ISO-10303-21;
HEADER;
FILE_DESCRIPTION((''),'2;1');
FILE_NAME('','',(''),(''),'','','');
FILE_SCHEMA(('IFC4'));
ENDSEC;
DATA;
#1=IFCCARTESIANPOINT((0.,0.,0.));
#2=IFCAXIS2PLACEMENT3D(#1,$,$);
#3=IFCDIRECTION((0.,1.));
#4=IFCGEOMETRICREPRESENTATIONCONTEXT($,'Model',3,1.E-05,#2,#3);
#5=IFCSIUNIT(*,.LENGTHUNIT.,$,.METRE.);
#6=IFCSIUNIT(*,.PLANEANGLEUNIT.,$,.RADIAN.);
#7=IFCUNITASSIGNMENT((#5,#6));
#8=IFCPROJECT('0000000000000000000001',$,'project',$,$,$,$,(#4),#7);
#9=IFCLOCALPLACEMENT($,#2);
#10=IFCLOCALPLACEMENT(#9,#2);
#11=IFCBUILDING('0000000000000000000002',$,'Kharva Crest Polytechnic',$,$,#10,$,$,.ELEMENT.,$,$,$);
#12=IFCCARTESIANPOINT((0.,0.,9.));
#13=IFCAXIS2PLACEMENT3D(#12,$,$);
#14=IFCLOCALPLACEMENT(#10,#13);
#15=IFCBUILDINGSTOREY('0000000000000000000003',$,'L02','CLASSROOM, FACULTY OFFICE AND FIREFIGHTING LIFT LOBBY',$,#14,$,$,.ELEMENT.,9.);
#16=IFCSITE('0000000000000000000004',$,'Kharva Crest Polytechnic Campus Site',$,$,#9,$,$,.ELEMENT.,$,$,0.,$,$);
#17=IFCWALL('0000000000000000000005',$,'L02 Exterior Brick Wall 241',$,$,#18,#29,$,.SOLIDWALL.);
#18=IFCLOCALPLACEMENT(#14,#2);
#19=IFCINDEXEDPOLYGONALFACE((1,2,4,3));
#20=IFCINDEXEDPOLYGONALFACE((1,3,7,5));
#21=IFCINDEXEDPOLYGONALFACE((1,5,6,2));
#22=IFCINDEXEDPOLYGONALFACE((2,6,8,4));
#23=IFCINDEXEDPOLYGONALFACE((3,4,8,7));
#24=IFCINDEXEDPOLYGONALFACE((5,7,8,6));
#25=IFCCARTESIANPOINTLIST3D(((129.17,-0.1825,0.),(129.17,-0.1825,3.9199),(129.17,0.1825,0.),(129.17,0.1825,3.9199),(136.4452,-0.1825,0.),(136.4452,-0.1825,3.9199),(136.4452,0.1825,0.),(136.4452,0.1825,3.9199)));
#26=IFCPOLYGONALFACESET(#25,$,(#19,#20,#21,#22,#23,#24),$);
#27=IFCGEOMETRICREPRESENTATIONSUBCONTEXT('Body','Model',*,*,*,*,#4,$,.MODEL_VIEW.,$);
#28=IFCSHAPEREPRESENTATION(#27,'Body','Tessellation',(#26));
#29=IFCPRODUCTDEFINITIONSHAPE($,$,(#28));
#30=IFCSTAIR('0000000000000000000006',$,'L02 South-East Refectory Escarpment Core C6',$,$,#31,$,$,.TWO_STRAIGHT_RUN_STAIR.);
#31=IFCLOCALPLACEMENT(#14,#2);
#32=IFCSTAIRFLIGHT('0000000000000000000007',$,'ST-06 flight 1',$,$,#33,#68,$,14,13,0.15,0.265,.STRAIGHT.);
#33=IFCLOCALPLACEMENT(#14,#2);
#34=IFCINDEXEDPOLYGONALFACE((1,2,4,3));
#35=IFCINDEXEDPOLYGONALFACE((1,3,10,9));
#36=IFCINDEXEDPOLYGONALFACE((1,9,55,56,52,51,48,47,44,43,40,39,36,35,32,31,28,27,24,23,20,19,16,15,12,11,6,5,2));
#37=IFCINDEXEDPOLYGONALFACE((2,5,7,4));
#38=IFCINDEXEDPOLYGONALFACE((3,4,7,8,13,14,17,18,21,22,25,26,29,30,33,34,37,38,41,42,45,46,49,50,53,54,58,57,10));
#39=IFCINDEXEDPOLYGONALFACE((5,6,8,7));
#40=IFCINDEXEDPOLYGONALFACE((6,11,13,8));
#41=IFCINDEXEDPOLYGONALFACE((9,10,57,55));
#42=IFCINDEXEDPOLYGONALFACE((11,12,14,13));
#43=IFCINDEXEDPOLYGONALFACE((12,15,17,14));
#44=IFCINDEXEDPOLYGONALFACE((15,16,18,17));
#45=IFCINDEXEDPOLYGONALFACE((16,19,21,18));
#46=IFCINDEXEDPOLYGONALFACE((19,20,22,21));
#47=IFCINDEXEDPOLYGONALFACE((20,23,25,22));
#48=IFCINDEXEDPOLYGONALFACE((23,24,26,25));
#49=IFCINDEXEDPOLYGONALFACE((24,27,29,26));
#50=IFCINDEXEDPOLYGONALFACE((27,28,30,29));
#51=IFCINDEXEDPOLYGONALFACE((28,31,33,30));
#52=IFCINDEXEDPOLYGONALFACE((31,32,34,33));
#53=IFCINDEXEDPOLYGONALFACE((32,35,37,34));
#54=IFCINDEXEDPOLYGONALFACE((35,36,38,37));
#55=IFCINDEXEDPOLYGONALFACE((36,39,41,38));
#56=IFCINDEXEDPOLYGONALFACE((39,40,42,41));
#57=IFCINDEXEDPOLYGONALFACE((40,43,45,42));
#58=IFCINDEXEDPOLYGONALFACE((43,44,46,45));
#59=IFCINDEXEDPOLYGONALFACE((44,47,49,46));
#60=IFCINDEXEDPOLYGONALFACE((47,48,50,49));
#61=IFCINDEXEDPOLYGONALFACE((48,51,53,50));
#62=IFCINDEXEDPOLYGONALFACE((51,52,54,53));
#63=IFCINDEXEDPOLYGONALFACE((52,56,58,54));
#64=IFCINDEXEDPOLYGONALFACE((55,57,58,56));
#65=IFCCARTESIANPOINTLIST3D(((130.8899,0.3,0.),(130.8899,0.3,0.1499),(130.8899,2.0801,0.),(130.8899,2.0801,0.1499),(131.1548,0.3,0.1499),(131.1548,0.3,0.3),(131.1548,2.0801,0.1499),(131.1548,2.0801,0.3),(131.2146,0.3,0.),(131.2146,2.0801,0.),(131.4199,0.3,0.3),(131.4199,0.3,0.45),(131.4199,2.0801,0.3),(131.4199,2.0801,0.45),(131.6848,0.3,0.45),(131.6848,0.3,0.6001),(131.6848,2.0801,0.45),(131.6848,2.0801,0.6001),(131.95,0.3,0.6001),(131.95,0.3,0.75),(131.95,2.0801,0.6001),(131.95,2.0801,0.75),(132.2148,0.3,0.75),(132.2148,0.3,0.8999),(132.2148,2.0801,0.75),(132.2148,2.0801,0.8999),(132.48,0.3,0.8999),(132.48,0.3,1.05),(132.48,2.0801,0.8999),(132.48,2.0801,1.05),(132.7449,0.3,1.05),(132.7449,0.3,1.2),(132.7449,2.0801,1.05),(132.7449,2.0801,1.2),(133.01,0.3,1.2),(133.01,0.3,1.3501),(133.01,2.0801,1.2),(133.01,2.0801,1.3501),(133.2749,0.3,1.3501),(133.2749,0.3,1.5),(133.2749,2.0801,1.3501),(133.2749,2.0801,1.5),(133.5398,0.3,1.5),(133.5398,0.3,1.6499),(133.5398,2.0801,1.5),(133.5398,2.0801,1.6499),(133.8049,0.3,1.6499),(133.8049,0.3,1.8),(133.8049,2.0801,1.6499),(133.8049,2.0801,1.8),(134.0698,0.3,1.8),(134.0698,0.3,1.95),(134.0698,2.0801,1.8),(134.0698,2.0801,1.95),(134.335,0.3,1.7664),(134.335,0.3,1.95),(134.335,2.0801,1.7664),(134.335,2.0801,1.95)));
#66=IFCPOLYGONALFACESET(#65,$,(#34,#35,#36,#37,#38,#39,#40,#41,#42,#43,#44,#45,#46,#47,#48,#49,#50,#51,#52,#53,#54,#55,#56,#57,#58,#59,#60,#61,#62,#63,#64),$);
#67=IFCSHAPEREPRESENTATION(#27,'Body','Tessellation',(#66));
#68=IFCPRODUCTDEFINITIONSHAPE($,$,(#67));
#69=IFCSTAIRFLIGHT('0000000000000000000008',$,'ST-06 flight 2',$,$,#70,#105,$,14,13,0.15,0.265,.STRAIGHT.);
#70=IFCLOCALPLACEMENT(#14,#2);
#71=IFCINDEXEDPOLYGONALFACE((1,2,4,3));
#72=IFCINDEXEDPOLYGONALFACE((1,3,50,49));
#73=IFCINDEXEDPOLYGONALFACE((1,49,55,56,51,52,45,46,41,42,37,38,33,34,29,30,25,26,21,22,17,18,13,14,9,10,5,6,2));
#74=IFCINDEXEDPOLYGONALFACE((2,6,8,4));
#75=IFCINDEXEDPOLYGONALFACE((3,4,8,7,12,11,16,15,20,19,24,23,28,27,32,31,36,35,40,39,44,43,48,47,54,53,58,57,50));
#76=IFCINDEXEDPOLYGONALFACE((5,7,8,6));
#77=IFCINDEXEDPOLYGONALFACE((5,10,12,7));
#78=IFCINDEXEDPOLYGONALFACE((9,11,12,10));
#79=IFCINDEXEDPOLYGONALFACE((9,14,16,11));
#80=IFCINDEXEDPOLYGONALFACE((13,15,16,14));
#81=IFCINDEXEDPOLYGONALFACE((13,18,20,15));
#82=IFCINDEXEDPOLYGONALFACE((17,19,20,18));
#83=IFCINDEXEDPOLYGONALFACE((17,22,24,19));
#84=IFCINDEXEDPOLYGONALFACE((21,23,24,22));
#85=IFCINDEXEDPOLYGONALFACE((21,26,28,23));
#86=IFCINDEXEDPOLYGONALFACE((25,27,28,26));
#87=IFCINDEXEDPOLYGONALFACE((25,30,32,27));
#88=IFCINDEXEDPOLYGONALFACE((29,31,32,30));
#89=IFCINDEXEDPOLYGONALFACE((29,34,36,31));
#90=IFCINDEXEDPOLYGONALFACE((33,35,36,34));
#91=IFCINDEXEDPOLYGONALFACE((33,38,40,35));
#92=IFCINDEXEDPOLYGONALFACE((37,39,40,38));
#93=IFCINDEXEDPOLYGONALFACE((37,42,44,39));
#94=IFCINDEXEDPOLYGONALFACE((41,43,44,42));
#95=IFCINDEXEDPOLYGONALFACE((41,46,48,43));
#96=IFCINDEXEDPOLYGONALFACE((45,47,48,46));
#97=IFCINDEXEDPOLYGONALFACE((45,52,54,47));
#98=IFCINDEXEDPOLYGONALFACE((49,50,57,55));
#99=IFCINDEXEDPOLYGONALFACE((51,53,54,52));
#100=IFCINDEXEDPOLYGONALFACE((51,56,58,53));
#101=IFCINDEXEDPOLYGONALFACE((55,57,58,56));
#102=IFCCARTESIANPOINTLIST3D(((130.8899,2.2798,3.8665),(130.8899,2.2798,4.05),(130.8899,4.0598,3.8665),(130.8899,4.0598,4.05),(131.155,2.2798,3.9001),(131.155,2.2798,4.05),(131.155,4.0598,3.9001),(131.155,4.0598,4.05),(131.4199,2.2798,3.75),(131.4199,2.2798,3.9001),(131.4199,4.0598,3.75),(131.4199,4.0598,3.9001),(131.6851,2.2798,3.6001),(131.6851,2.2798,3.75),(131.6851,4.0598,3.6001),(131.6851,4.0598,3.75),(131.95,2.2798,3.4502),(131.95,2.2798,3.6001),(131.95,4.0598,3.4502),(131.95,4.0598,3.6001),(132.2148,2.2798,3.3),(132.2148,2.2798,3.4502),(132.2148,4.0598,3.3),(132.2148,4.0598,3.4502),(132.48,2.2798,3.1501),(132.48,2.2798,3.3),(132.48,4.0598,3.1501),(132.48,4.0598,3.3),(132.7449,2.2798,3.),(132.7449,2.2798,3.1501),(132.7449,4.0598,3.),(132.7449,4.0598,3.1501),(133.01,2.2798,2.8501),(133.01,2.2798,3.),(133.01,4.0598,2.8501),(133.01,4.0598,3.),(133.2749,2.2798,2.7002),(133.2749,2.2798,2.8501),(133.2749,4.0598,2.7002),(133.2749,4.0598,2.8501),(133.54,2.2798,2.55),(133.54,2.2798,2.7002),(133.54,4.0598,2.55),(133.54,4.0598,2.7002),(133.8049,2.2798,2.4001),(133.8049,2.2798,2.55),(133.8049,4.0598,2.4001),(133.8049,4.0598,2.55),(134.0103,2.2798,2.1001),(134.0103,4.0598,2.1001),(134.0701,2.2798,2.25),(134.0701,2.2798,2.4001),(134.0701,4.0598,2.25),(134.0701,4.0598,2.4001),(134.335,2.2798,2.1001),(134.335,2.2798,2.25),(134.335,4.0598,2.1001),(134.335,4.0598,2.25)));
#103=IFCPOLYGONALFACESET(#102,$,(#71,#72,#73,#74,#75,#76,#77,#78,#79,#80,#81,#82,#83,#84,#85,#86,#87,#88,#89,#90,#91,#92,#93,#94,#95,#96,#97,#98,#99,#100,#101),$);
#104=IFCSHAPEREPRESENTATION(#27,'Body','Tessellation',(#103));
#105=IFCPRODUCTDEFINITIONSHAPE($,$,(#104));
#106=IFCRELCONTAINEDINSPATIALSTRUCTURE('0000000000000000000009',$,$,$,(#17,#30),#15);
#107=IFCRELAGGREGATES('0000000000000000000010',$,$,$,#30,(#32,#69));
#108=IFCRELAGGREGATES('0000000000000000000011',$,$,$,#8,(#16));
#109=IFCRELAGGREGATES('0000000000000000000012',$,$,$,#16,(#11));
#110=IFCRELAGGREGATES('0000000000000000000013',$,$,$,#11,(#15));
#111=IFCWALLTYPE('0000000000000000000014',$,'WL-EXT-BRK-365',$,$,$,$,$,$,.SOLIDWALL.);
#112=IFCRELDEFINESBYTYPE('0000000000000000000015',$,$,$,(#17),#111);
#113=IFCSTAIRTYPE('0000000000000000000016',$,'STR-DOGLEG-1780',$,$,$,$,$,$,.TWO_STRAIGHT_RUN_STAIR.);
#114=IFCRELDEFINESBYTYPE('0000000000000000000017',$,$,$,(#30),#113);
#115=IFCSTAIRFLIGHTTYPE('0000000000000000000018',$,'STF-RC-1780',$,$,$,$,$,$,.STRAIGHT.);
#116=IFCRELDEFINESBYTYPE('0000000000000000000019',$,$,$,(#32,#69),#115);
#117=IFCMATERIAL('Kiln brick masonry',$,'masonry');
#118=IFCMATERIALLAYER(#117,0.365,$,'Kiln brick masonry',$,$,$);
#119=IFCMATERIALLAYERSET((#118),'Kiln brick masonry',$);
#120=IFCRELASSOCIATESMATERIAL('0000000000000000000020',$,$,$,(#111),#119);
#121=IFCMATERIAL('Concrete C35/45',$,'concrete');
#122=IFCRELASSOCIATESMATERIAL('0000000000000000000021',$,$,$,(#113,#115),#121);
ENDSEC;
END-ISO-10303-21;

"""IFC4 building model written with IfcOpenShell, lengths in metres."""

from ifc_helpers import new_model, si_unit, direction, frame, frame_2d, origin, place, context, subcontext, project, spatial, polyline, rectangle, outline, extrude, material, layer, layer_set, type_object, element, aggregate, save


model = new_model("IFC4")

# Units and contexts
model_context = context("Model", 3, precision=1e-05, world=origin(), true_north=direction((0.0, 1.0)))
body_context = subcontext(model_context, "Body", "Model", "MODEL_VIEW")
ifc_project = project(units=[si_unit("LENGTHUNIT", "METRE"), si_unit("PLANEANGLEUNIT", "RADIAN")], contexts=[model_context])

# Site, building, storey
site_placement = place(None, origin())
site = spatial("IfcSite", under=ifc_project, at=site_placement, Name="Kharva Crest Polytechnic Campus Site", CompositionType="ELEMENT", RefElevation=0.0)
building_placement = place(site_placement, origin())
building = spatial("IfcBuilding", under=site, at=building_placement, Name="Kharva Crest Polytechnic", CompositionType="ELEMENT")
storey_placement = place(building_placement, frame((0.0, 0.0, 9.0)))
storey = spatial("IfcBuildingStorey", under=building, at=storey_placement, Name="L02", Description="CLASSROOM, FACULTY OFFICE AND FIREFIGHTING LIFT LOBBY", CompositionType="ELEMENT", Elevation=9.0)

# Shared definitions
ifc_material_1 = material(Name="Concrete C35/45", Category="concrete")

# Wall
ifc_material_2 = material(Name="Kiln brick masonry", Category="masonry")
ifc_layer_1 = layer(ifc_material_2, 0.365, Name="Kiln brick masonry")
ifc_layer_set_1 = layer_set([ifc_layer_1], Name="Kiln brick masonry")
wall_type_1 = type_object("IfcWallType", Name="WL-EXT-BRK-365", PredefinedType="SOLIDWALL", material=ifc_layer_set_1)
wall_1_placement = place(storey_placement, frame((129.1699, 0.0, 0.0), z_axis=(0.0, 0.0, 1.0), x_axis=(1.0, 0.0, 0.0)))
element("IfcWall", 1, at=wall_1_placement, inside=storey, type_object=wall_type_1, Name="L02 Exterior Brick Wall 241", PredefinedType="SOLIDWALL", context=body_context, shape_type="SweptSolid", body=[
    extrude(rectangle(XDim=7.2751, YDim=0.365, at=frame_2d((3.6377, 0.0))), origin(), (0.0, 0.0, 1.0), 3.9199),
])

# Stair, stair flights
stair_type = type_object("IfcStairType", Name="STR-DOGLEG-1780", PredefinedType="TWO_STRAIGHT_RUN_STAIR", material=ifc_material_1)
stair_placement = place(storey_placement, origin())
stair = element("IfcStair", 2, at=stair_placement, inside=storey, type_object=stair_type, Name="L02 South-East Refectory Escarpment Core C6", PredefinedType="TWO_STRAIGHT_RUN_STAIR")
stair_flight_type = type_object("IfcStairFlightType", Name="STF-RC-1780", PredefinedType="STRAIGHT", material=ifc_material_1)
stair_flight_1_placement = place(storey_placement, frame((130.8899, 1.1899, 0.0), z_axis=(0.0, 0.0, 1.0), x_axis=(1.0, 0.0, 0.0)))
stair_flight_1 = element("IfcStairFlight", 3, at=stair_flight_1_placement, type_object=stair_flight_type, Name="ST-06 flight 1", NumberOfRisers=14, NumberOfTreads=13, PredefinedType="STRAIGHT", RiserHeight=0.15, TreadLength=0.265, context=body_context, shape_type="SweptSolid", body=[
    extrude(outline(polyline([(0.0, 0.0), (0.0, 0.1499), (0.2649, 0.1499), (0.2649, 0.3), (0.53, 0.3), (0.53, 0.45), (0.7949, 0.45), (0.7949, 0.6001), (1.0601, 0.6001), (1.0601, 0.75), (1.325, 0.75), (1.325, 0.8999), (1.5901, 0.8999), (1.5901, 1.05), (1.855, 1.05), (1.855, 1.2), (2.1201, 1.2), (2.1201, 1.3501), (2.385, 1.3501), (2.385, 1.5), (2.6499, 1.5), (2.6499, 1.6499), (2.915, 1.6499), (2.915, 1.8), (3.1799, 1.8), (3.1799, 1.95), (3.4451, 1.95), (3.4451, 2.1001), (3.4451, 1.7664), (0.3247, 0.0), (0.0, 0.0)])), frame((0.0, 0.8901, 0.0), z_axis=(0.0, -1.0, 0.0), x_axis=(1.0, 0.0, 0.0)), (0.0, 0.0, 1.0), 1.78),
])
stair_flight_2_placement = place(storey_placement, frame((134.335, 3.1699, 2.1001), z_axis=(0.0, 0.0, 1.0), x_axis=(-1.0, 0.0, 0.0)))
stair_flight_2 = element("IfcStairFlight", 4, at=stair_flight_2_placement, type_object=stair_flight_type, Name="ST-06 flight 2", NumberOfRisers=14, NumberOfTreads=13, PredefinedType="STRAIGHT", RiserHeight=0.15, TreadLength=0.265, context=body_context, shape_type="SweptSolid", body=[
    extrude(outline(polyline([(0.0, 0.0), (0.0, 0.1499), (0.2649, 0.1499), (0.2649, 0.3), (0.53, 0.3), (0.53, 0.45), (0.7949, 0.45), (0.7949, 0.6001), (1.0601, 0.6001), (1.0601, 0.75), (1.325, 0.75), (1.325, 0.8999), (1.5901, 0.8999), (1.5901, 1.05), (1.855, 1.05), (1.855, 1.2), (2.1201, 1.2), (2.1201, 1.3501), (2.385, 1.3501), (2.385, 1.5), (2.6499, 1.5), (2.6499, 1.6499), (2.915, 1.6499), (2.915, 1.8), (3.1799, 1.8), (3.1799, 1.95), (3.4451, 1.95), (3.4451, 2.1001), (3.4451, 1.7664), (0.3247, 0.0), (0.0, 0.0)])), frame((0.0, 0.8901, 0.0), z_axis=(0.0, -1.0, 0.0), x_axis=(1.0, 0.0, 0.0)), (0.0, 0.0, 1.0), 1.78),
])
aggregate(stair, [stair_flight_1, stair_flight_2])

save(model, "model.ifc")
